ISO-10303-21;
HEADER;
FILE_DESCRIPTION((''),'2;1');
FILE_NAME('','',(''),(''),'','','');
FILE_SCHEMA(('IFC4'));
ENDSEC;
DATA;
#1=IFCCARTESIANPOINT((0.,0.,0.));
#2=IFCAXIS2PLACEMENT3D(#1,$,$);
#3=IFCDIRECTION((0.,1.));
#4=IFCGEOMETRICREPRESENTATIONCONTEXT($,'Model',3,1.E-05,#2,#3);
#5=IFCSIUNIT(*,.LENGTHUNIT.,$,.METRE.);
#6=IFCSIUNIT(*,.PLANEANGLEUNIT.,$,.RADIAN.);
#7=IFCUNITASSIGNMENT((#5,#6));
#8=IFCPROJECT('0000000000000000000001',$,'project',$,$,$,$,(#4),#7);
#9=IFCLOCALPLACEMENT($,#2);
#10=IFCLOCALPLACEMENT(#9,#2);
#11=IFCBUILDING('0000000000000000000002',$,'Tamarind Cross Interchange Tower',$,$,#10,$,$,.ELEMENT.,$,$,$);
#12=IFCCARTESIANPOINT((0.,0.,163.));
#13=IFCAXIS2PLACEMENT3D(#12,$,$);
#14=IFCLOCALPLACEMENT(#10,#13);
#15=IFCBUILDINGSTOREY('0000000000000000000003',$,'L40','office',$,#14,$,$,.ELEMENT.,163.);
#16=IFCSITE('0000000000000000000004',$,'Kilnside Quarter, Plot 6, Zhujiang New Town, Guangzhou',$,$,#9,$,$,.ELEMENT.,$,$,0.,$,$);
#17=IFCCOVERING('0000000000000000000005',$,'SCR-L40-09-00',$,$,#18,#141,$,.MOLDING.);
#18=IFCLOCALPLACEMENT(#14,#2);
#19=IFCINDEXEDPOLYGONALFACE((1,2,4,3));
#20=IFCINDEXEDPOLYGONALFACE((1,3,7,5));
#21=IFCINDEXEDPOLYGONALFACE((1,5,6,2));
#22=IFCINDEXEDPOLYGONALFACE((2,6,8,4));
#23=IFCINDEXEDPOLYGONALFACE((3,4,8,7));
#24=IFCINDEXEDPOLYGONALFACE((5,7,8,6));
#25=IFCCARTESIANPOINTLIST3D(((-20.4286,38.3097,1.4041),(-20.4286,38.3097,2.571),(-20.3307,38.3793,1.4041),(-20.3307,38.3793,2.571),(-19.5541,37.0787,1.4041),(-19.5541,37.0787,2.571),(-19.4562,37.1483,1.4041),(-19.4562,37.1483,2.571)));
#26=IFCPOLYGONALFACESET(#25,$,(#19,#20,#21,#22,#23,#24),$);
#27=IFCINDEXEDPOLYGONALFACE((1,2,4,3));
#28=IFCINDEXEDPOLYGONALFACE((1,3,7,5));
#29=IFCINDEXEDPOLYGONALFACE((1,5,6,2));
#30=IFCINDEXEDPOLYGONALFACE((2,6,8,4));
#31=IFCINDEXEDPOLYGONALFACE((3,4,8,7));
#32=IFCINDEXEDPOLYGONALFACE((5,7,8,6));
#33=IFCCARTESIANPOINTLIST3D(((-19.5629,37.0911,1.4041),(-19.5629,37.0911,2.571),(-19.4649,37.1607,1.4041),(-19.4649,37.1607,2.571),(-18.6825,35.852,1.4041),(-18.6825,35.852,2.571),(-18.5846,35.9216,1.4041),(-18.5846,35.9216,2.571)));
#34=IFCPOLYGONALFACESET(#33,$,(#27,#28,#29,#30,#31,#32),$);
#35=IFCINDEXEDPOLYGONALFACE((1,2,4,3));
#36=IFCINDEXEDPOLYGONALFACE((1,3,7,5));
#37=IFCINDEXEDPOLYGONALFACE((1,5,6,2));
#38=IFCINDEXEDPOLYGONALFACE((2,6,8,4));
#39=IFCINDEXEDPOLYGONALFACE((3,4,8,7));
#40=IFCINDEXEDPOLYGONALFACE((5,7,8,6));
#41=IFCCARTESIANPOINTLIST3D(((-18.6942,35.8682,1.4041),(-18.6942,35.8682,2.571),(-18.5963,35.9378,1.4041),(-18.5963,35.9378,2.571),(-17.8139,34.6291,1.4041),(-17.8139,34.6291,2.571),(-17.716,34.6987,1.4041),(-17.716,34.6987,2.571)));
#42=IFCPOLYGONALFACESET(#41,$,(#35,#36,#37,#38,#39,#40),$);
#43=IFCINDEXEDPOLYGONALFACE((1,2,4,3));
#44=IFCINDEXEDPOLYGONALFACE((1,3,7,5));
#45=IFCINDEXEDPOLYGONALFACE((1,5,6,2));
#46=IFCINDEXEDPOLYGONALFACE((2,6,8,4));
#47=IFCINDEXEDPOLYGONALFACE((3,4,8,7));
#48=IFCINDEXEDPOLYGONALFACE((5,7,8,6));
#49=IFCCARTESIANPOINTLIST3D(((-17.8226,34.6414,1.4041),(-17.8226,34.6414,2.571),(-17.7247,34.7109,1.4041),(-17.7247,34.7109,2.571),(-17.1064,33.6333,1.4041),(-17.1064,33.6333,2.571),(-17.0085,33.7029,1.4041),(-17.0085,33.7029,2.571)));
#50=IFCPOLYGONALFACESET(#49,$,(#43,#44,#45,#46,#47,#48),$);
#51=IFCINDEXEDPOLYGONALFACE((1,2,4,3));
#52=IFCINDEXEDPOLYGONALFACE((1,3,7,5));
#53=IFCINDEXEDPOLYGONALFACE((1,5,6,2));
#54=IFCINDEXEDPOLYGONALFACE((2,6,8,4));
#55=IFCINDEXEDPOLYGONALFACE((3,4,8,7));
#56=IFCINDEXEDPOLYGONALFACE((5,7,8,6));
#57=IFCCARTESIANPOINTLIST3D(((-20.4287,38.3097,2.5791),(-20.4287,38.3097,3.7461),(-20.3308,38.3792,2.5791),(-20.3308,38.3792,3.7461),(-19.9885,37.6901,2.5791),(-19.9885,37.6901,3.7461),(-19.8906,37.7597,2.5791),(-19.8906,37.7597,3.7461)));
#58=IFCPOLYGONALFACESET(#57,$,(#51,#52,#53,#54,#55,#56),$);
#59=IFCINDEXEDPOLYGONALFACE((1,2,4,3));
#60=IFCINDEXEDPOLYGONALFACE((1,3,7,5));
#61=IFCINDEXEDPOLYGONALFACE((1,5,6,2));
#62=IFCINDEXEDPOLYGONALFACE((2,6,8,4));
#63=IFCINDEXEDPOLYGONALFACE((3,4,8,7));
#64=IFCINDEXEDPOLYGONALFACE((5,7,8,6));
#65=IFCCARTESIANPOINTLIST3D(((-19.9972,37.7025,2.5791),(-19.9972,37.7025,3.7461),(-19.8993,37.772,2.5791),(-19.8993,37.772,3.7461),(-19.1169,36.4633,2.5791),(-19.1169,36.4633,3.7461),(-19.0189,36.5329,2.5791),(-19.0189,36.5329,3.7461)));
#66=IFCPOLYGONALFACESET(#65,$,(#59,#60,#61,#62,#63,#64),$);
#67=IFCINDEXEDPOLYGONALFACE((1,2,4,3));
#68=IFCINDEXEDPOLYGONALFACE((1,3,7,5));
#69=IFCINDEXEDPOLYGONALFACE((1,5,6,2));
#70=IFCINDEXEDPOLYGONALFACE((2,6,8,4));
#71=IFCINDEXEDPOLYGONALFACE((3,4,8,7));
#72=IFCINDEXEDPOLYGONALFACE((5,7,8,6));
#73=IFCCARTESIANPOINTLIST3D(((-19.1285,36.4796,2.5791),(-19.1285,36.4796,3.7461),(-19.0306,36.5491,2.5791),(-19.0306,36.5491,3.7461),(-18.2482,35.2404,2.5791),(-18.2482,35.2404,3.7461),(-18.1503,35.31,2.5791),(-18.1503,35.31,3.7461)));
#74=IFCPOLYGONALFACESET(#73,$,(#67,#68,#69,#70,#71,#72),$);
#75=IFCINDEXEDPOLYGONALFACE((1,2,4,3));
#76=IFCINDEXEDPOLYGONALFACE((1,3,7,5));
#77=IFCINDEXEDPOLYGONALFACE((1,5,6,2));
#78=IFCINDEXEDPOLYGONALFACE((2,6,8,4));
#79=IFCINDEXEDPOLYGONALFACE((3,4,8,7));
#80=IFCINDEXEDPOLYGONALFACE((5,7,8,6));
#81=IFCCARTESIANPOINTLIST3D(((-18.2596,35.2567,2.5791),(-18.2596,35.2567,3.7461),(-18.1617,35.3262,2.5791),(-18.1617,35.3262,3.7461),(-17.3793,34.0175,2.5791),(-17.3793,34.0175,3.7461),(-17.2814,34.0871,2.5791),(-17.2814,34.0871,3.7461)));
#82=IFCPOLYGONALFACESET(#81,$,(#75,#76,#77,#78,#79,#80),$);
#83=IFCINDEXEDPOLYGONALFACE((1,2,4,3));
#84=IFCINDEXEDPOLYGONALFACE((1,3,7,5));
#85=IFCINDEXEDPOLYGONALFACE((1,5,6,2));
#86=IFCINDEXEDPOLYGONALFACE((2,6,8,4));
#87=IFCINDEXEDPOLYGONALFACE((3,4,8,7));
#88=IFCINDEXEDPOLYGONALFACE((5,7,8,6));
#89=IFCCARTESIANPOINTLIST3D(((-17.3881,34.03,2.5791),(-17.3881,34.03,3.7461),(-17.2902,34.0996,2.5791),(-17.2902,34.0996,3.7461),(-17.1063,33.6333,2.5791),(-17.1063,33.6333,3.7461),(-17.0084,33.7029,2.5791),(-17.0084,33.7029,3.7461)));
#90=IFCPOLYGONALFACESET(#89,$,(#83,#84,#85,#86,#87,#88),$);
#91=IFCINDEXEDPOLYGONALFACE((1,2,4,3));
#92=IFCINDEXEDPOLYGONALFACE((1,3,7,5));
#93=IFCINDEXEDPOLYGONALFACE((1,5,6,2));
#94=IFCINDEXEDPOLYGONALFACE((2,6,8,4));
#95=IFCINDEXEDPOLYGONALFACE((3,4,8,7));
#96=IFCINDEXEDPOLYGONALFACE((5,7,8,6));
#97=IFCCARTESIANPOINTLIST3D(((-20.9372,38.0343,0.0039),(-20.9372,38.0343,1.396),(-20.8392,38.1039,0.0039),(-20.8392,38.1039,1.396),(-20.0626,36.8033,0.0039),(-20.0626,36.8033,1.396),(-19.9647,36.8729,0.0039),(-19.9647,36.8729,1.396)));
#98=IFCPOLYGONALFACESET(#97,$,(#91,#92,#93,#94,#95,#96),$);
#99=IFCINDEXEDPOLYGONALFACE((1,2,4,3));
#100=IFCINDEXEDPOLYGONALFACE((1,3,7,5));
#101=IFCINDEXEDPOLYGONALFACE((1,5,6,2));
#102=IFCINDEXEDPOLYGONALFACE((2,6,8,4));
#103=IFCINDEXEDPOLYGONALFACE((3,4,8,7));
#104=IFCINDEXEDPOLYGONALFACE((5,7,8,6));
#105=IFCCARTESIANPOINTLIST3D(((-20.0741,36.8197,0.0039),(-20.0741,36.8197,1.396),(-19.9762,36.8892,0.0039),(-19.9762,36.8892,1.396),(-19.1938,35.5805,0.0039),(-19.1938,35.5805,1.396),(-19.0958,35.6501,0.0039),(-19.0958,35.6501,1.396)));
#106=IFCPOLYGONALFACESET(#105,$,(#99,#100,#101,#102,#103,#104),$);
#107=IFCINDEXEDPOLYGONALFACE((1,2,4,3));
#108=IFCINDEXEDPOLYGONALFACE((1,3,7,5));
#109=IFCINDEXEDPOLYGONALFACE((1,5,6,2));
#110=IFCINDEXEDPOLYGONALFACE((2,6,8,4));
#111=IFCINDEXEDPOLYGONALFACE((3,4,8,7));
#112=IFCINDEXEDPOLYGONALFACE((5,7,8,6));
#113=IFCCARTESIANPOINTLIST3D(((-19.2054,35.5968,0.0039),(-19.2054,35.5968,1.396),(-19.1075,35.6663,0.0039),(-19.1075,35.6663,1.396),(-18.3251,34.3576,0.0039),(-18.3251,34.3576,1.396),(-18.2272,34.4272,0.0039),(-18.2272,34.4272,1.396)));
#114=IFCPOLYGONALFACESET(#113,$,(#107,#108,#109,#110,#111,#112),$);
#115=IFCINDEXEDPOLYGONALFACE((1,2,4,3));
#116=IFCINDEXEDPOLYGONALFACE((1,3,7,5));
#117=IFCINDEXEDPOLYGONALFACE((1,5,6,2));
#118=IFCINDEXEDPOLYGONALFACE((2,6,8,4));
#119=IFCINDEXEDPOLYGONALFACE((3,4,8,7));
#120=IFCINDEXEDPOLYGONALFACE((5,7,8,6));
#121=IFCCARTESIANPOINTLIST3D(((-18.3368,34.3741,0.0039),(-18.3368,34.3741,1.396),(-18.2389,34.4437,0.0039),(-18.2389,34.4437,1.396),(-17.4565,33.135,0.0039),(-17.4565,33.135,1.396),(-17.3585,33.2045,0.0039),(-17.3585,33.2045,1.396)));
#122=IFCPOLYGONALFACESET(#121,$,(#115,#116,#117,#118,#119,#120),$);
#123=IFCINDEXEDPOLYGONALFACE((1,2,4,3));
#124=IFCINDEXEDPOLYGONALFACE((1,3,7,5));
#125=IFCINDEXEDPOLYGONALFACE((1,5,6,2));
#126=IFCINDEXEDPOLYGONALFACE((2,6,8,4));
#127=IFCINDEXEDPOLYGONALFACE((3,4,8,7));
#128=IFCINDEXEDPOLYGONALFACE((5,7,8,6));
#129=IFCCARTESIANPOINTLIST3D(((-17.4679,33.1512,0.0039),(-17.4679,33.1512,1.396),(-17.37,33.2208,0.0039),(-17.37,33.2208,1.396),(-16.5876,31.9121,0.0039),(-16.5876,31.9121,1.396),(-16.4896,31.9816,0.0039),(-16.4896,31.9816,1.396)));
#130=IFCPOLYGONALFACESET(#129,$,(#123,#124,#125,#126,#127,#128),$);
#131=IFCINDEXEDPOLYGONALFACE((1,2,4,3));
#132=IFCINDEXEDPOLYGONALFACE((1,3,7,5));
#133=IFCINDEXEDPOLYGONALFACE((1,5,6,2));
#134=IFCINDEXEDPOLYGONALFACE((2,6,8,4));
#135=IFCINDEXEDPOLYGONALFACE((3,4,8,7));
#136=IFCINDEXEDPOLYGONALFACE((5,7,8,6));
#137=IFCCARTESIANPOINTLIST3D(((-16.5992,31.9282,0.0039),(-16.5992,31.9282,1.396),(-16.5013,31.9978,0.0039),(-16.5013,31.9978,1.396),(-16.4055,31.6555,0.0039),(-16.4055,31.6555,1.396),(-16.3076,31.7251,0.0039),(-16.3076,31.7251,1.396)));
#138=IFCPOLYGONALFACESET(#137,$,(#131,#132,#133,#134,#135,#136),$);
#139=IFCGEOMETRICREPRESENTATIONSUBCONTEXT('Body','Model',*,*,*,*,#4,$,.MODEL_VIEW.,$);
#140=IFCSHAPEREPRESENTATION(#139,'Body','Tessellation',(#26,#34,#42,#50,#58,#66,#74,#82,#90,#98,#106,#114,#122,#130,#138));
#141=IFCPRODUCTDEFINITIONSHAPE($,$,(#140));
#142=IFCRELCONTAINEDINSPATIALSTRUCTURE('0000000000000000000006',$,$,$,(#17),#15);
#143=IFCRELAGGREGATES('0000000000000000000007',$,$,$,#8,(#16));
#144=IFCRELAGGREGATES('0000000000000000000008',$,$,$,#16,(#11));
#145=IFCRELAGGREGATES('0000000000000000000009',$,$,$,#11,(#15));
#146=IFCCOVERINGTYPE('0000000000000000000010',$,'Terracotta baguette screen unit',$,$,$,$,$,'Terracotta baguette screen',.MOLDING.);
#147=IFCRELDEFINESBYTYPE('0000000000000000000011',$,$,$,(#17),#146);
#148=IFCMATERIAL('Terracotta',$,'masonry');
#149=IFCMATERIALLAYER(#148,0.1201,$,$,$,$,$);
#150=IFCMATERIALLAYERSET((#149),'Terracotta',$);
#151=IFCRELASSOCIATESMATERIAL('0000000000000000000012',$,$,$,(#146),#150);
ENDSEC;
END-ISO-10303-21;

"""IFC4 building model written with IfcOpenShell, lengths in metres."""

from ifc_helpers import new_model, si_unit, direction, frame, origin, origin_2d, place, context, subcontext, project, spatial, rectangle, extrude, material, layer, layer_set, type_object, element, save


model = new_model("IFC4")

# Units and contexts
model_context = context("Model", 3, precision=1e-05, world=origin(), true_north=direction((0.0, 1.0)))
body_context = subcontext(model_context, "Body", "Model", "MODEL_VIEW")
ifc_project = project(units=[si_unit("LENGTHUNIT", "METRE"), si_unit("PLANEANGLEUNIT", "RADIAN")], contexts=[model_context])

# Site, building, storey
site_placement = place(None, origin())
site = spatial("IfcSite", under=ifc_project, at=site_placement, Name="Kilnside Quarter, Plot 6, Zhujiang New Town, Guangzhou", CompositionType="ELEMENT", RefElevation=0.0)
building_placement = place(site_placement, origin())
building = spatial("IfcBuilding", under=site, at=building_placement, Name="Tamarind Cross Interchange Tower", CompositionType="ELEMENT")
storey_placement = place(building_placement, frame((0.0, 0.0, 163.0)))
storey = spatial("IfcBuildingStorey", under=building, at=storey_placement, Name="L40", Description="office", CompositionType="ELEMENT", Elevation=163.0)

# Covering
ifc_material_1 = material(Name="Terracotta", Category="masonry")
ifc_layer_1 = layer(ifc_material_1, 0.1201)
ifc_layer_set_1 = layer_set([ifc_layer_1], Name="Terracotta")
covering_type = type_object("IfcCoveringType", Name="Terracotta baguette screen unit", ElementType="Terracotta baguette screen", PredefinedType="MOLDING", material=ifc_layer_set_1)
covering_1_placement = place(storey_placement, origin())
element("IfcCovering", 1, at=covering_1_placement, inside=storey, type_object=covering_type, Name="SCR-L40-09-00", PredefinedType="MOLDING", context=body_context, shape_type="SweptSolid", body=[
    extrude(rectangle(XDim=1.51, YDim=0.1201, at=origin_2d()), frame((-19.9424, 37.729, 1.4041), z_axis=(0.0, 0.0, 1.0), x_axis=(0.579159, -0.815215, 0.0)), (0.0, 0.0, 1.0), 1.167),
    extrude(rectangle(XDim=1.52, YDim=0.1201, at=origin_2d()), frame((-19.0737, 36.5063, 1.4041), z_axis=(0.0, 0.0, 1.0), x_axis=(0.579159, -0.815215, 0.0)), (0.0, 0.0, 1.0), 1.167),
    extrude(rectangle(XDim=1.52, YDim=0.1201, at=origin_2d()), frame((-18.2051, 35.2834, 1.4041), z_axis=(0.0, 0.0, 1.0), x_axis=(0.579159, -0.815215, 0.0)), (0.0, 0.0, 1.0), 1.167),
    extrude(rectangle(XDim=1.2366, YDim=0.1201, at=origin_2d()), frame((-17.4155, 34.1721, 1.4041), z_axis=(0.0, 0.0, 1.0), x_axis=(0.579159, -0.815215, 0.0)), (0.0, 0.0, 1.0), 1.167),
    extrude(rectangle(XDim=0.76, YDim=0.1201, at=origin_2d()), frame((-20.1597, 38.0347, 2.5791), z_axis=(0.0, 0.0, 1.0), x_axis=(0.579159, -0.815215, 0.0)), (0.0, 0.0, 1.0), 1.167),
    extrude(rectangle(XDim=1.52, YDim=0.1201, at=origin_2d()), frame((-19.5081, 37.1177, 2.5791), z_axis=(0.0, 0.0, 1.0), x_axis=(0.579159, -0.815215, 0.0)), (0.0, 0.0, 1.0), 1.167),
    extrude(rectangle(XDim=1.52, YDim=0.1201, at=origin_2d()), frame((-18.6394, 35.8948, 2.5791), z_axis=(0.0, 0.0, 1.0), x_axis=(0.579159, -0.815215, 0.0)), (0.0, 0.0, 1.0), 1.167),
    extrude(rectangle(XDim=1.52, YDim=0.1201, at=origin_2d()), frame((-17.7705, 34.6719, 2.5791), z_axis=(0.0, 0.0, 1.0), x_axis=(0.579159, -0.815215, 0.0)), (0.0, 0.0, 1.0), 1.167),
    extrude(rectangle(XDim=0.4866, YDim=0.1201, at=origin_2d()), frame((-17.1982, 33.8665, 2.5791), z_axis=(0.0, 0.0, 1.0), x_axis=(0.579159, -0.815215, 0.0)), (0.0, 0.0, 1.0), 1.167),
    extrude(rectangle(XDim=1.51, YDim=0.1201, at=origin_2d()), frame((-20.4509, 37.4536, 0.0039), z_axis=(0.0, 0.0, 1.0), x_axis=(0.579159, -0.815215, 0.0)), (0.0, 0.0, 1.0), 1.3921),
    extrude(rectangle(XDim=1.52, YDim=0.1201, at=origin_2d()), frame((-19.585, 36.2349, 0.0039), z_axis=(0.0, 0.0, 1.0), x_axis=(0.579159, -0.815215, 0.0)), (0.0, 0.0, 1.0), 1.3921),
    extrude(rectangle(XDim=1.52, YDim=0.1201, at=origin_2d()), frame((-18.7163, 35.012, 0.0039), z_axis=(0.0, 0.0, 1.0), x_axis=(0.579159, -0.815215, 0.0)), (0.0, 0.0, 1.0), 1.3921),
    extrude(rectangle(XDim=1.52, YDim=0.1201, at=origin_2d()), frame((-17.8477, 33.7893, 0.0039), z_axis=(0.0, 0.0, 1.0), x_axis=(0.579159, -0.815215, 0.0)), (0.0, 0.0, 1.0), 1.3921),
    extrude(rectangle(XDim=1.52, YDim=0.1201, at=origin_2d()), frame((-16.9788, 32.5664, 0.0039), z_axis=(0.0, 0.0, 1.0), x_axis=(0.579159, -0.815215, 0.0)), (0.0, 0.0, 1.0), 1.3921),
    extrude(rectangle(XDim=0.3345, YDim=0.1201, at=origin_2d()), frame((-16.4534, 31.8267, 0.0039), z_axis=(0.0, 0.0, 1.0), x_axis=(0.579159, -0.815215, 0.0)), (0.0, 0.0, 1.0), 1.3921),
])

save(model, "model.ifc")
